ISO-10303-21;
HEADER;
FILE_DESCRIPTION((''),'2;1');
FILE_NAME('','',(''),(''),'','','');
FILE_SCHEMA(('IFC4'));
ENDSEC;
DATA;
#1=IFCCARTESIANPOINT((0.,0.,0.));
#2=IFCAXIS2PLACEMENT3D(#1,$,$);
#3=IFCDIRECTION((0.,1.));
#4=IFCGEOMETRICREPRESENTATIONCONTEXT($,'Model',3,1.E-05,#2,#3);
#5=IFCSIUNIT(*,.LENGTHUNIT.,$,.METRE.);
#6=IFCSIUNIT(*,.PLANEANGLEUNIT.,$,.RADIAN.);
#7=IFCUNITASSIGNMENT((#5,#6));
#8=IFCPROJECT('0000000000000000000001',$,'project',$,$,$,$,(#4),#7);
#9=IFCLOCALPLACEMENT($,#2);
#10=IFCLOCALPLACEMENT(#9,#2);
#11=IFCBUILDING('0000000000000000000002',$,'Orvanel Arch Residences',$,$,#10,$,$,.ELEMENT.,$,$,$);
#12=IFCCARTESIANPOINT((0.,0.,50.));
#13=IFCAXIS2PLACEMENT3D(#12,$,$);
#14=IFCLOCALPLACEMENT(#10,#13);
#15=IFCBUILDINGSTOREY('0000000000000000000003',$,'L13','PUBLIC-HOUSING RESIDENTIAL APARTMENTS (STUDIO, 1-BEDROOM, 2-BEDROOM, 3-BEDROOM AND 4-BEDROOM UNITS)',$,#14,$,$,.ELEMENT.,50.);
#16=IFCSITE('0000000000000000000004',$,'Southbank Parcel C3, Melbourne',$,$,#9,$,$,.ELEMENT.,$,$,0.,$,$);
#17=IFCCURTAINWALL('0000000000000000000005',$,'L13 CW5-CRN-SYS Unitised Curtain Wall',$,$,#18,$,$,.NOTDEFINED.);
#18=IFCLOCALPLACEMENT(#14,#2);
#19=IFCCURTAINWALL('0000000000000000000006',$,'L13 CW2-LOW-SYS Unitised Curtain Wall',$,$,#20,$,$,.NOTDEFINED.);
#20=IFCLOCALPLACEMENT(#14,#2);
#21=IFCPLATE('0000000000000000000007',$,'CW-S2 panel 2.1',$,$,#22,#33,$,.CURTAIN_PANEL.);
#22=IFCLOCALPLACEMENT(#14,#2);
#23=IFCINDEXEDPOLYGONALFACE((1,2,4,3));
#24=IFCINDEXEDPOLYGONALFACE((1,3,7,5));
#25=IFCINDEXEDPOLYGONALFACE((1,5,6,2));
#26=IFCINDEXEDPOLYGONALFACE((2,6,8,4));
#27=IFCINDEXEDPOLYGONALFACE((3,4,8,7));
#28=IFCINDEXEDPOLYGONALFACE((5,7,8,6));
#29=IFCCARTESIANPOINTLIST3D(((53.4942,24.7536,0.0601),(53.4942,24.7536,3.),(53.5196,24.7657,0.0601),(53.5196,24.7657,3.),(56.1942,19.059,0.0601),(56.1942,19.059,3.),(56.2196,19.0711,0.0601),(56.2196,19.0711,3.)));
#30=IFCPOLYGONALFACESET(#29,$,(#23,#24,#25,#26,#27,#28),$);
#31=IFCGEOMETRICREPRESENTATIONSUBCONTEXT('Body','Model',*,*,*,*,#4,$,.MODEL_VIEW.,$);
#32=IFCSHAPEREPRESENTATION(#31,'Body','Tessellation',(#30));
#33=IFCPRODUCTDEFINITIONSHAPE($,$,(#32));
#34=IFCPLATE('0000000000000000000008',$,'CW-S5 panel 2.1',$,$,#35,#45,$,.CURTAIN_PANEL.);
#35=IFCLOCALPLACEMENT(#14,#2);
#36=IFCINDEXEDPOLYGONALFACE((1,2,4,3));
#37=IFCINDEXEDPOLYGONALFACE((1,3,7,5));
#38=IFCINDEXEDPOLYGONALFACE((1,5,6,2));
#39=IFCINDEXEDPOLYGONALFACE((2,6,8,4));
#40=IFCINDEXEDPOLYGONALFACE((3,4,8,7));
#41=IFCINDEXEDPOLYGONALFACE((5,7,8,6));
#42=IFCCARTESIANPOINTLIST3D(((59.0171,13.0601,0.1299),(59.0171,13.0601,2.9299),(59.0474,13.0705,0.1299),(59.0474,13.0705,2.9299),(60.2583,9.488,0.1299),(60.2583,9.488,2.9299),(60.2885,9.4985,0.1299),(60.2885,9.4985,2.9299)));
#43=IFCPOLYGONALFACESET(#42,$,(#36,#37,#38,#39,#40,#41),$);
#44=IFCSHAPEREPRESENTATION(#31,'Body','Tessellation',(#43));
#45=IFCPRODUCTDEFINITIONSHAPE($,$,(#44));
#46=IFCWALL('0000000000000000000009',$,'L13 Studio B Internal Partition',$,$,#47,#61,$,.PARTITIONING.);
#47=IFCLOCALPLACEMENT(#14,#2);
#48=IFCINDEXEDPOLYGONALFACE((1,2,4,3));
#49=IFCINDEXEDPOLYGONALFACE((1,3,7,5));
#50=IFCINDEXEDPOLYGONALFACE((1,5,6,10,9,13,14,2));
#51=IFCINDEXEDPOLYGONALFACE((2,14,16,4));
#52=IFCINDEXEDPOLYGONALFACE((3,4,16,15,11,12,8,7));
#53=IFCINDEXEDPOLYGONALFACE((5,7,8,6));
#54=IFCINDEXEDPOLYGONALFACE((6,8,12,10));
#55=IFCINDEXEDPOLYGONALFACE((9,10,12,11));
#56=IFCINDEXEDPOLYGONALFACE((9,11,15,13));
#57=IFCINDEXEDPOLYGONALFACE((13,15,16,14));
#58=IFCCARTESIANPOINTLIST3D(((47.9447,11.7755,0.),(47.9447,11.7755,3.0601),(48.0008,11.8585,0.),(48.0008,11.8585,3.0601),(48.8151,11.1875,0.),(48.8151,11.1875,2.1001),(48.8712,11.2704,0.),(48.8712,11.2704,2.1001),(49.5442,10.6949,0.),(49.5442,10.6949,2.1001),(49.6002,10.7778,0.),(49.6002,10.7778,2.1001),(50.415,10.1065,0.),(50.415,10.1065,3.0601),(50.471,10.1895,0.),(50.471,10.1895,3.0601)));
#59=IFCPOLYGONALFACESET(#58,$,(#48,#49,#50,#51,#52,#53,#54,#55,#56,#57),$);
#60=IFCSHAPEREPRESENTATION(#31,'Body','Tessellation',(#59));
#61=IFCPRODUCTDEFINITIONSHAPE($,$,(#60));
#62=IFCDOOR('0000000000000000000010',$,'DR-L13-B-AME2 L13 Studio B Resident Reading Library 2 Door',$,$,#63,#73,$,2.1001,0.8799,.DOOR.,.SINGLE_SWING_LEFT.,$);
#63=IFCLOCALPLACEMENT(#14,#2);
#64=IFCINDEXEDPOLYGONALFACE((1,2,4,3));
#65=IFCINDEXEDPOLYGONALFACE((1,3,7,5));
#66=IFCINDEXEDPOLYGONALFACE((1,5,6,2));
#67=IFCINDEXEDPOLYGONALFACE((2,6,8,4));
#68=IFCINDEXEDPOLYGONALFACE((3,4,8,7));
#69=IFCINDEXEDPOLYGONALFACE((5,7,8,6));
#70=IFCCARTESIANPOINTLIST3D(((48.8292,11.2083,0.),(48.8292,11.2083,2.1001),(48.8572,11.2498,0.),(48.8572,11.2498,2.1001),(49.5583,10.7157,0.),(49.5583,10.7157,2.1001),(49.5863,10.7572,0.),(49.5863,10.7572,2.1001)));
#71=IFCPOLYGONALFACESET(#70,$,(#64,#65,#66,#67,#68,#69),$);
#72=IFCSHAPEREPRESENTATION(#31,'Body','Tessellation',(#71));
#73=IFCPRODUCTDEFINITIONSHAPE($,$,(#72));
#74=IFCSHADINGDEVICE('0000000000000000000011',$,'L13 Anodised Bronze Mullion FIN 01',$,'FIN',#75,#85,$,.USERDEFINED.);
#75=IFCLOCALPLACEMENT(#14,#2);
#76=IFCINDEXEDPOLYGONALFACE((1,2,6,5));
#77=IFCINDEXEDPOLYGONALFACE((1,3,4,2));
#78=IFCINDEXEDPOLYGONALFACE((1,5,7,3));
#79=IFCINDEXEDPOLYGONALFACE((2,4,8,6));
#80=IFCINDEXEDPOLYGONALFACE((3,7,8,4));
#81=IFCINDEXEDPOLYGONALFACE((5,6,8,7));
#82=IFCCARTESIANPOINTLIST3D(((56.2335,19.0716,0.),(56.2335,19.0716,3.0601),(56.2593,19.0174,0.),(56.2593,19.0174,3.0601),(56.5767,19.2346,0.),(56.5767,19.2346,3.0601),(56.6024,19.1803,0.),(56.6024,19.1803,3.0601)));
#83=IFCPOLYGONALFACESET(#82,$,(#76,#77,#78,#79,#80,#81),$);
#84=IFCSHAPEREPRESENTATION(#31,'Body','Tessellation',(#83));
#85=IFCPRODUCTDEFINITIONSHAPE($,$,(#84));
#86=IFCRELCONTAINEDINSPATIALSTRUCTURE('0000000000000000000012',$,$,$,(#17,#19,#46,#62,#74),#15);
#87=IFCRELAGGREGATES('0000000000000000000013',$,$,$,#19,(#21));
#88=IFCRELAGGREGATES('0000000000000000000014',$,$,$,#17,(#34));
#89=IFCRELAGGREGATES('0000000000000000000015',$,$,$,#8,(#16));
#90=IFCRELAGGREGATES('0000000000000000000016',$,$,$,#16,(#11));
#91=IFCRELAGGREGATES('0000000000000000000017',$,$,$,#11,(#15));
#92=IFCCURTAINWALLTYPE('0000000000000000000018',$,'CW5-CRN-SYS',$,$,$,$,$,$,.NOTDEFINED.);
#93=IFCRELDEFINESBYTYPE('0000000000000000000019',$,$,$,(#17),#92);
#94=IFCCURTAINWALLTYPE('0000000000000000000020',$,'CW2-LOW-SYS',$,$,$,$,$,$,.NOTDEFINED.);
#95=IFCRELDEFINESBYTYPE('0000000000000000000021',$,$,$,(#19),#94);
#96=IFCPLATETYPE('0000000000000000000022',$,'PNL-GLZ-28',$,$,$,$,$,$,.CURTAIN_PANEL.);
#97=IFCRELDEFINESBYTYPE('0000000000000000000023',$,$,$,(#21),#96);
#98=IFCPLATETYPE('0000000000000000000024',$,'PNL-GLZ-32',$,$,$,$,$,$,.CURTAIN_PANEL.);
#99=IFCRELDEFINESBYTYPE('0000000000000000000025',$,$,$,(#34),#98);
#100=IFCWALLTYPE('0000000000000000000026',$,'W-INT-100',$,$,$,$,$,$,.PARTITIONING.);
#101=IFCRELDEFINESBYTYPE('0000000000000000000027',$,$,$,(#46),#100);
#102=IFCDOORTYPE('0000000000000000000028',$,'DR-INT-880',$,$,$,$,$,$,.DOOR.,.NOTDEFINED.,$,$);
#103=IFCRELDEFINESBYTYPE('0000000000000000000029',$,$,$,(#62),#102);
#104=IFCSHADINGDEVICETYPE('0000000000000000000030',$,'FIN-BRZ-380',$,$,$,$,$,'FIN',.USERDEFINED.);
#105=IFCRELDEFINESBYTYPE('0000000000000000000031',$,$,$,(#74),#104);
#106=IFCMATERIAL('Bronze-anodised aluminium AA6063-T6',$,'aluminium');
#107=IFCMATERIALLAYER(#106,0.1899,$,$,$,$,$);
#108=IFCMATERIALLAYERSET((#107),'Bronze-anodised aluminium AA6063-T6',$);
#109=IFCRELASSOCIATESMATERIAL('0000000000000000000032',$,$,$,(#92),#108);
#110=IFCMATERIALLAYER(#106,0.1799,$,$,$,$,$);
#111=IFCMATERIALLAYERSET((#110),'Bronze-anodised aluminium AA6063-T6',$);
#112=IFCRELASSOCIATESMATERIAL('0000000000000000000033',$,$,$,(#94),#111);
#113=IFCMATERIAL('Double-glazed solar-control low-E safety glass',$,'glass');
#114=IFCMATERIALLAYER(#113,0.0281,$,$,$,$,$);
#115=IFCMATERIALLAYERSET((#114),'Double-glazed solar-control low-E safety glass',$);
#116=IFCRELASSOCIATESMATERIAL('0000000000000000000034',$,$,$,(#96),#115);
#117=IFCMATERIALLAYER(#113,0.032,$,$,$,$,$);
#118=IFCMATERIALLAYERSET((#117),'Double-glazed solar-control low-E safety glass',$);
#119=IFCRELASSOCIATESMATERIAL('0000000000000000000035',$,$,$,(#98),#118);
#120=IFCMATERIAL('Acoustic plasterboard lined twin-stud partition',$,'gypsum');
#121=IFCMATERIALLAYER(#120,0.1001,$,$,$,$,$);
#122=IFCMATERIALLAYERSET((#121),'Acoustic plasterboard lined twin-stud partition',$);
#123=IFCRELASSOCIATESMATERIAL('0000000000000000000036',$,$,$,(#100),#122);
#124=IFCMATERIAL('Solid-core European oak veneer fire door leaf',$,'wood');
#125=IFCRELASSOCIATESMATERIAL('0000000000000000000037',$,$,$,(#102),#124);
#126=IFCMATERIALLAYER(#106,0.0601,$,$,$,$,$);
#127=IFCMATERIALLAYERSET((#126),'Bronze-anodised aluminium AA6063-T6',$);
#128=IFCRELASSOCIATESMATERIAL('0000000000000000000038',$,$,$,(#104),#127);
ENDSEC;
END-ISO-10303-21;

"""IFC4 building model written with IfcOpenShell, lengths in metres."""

from ifc_helpers import new_model, si_unit, direction, frame, frame_2d, origin, origin_2d, place, context, subcontext, project, spatial, rectangle, extrude, material, layer, layer_set, type_object, element, fill, aggregate, save


model = new_model("IFC4")

# Units and contexts
model_context = context("Model", 3, precision=1e-05, world=origin(), true_north=direction((0.0, 1.0)))
body_context = subcontext(model_context, "Body", "Model", "MODEL_VIEW")
ifc_project = project(units=[si_unit("LENGTHUNIT", "METRE"), si_unit("PLANEANGLEUNIT", "RADIAN")], contexts=[model_context])

# Site, building, storey
site_placement = place(None, origin())
site = spatial("IfcSite", under=ifc_project, at=site_placement, Name="Southbank Parcel C3, Melbourne", CompositionType="ELEMENT", RefElevation=0.0)
building_placement = place(site_placement, origin())
building = spatial("IfcBuilding", under=site, at=building_placement, Name="Orvanel Arch Residences", CompositionType="ELEMENT")
storey_placement = place(building_placement, frame((0.0, 0.0, 50.0)))
storey = spatial("IfcBuildingStorey", under=building, at=storey_placement, Name="L13", Description="PUBLIC-HOUSING RESIDENTIAL APARTMENTS (STUDIO, 1-BEDROOM, 2-BEDROOM, 3-BEDROOM AND 4-BEDROOM UNITS)", CompositionType="ELEMENT", Elevation=50.0)

# Curtain walls
ifc_material_1 = material(Name="Bronze-anodised aluminium AA6063-T6", Category="aluminium")
ifc_layer_1 = layer(ifc_material_1, 0.1899)
ifc_layer_set_1 = layer_set([ifc_layer_1], Name="Bronze-anodised aluminium AA6063-T6")
curtain_wall_type_1 = type_object("IfcCurtainWallType", Name="CW5-CRN-SYS", PredefinedType="NOTDEFINED", material=ifc_layer_set_1)
curtain_wall_1_placement = place(storey_placement, origin())
curtain_wall_1 = element("IfcCurtainWall", 1, at=curtain_wall_1_placement, inside=storey, type_object=curtain_wall_type_1, Name="L13 CW5-CRN-SYS Unitised Curtain Wall", PredefinedType="NOTDEFINED")
ifc_layer_2 = layer(ifc_material_1, 0.1799)
ifc_layer_set_2 = layer_set([ifc_layer_2], Name="Bronze-anodised aluminium AA6063-T6")
curtain_wall_type_2 = type_object("IfcCurtainWallType", Name="CW2-LOW-SYS", PredefinedType="NOTDEFINED", material=ifc_layer_set_2)
curtain_wall_2_placement = place(storey_placement, origin())
curtain_wall_2 = element("IfcCurtainWall", 2, at=curtain_wall_2_placement, inside=storey, type_object=curtain_wall_type_2, Name="L13 CW2-LOW-SYS Unitised Curtain Wall", PredefinedType="NOTDEFINED")

# Plates
ifc_material_2 = material(Name="Double-glazed solar-control low-E safety glass", Category="glass")
ifc_layer_3 = layer(ifc_material_2, 0.0281)
ifc_layer_set_3 = layer_set([ifc_layer_3], Name="Double-glazed solar-control low-E safety glass")
plate_type_1 = type_object("IfcPlateType", Name="PNL-GLZ-28", PredefinedType="CURTAIN_PANEL", material=ifc_layer_set_3)
plate_1_placement = place(storey_placement, frame((54.8569, 21.9124, 0.0601), z_axis=(0.0, 0.0, 1.0), x_axis=(-0.428418, 0.90358, 0.0)))
plate_1 = element("IfcPlate", 3, at=plate_1_placement, type_object=plate_type_1, Name="CW-S2 panel 2.1", PredefinedType="CURTAIN_PANEL", context=body_context, shape_type="SweptSolid", body=[
    extrude(rectangle(XDim=6.3022, YDim=0.0281, at=origin_2d()), origin(), (0.0, 0.0, 1.0), 2.9399),
])
aggregate(curtain_wall_2, [plate_1])
ifc_layer_4 = layer(ifc_material_2, 0.032)
ifc_layer_set_4 = layer_set([ifc_layer_4], Name="Double-glazed solar-control low-E safety glass")
plate_type_2 = type_object("IfcPlateType", Name="PNL-GLZ-32", PredefinedType="CURTAIN_PANEL", material=ifc_layer_set_4)
plate_2_placement = place(storey_placement, frame((59.6528, 11.2793, 0.1299), z_axis=(0.0, 0.0, 1.0), x_axis=(-0.328221, 0.944601, 0.0)))
plate_2 = element("IfcPlate", 4, at=plate_2_placement, type_object=plate_type_2, Name="CW-S5 panel 2.1", PredefinedType="CURTAIN_PANEL", context=body_context, shape_type="SweptSolid", body=[
    extrude(rectangle(XDim=3.7815, YDim=0.032, at=origin_2d()), origin(), (0.0, 0.0, 1.0), 2.8),
])
aggregate(curtain_wall_1, [plate_2])

# Wall, opening, door
ifc_material_3 = material(Name="Acoustic plasterboard lined twin-stud partition", Category="gypsum")
ifc_layer_5 = layer(ifc_material_3, 0.1001)
ifc_layer_set_5 = layer_set([ifc_layer_5], Name="Acoustic plasterboard lined twin-stud partition")
wall_type = type_object("IfcWallType", Name="W-INT-100", PredefinedType="PARTITIONING", material=ifc_layer_set_5)
wall_placement = place(storey_placement, frame((50.4431, 10.1479, 0.0), z_axis=(0.0, 0.0, 1.0), x_axis=(-0.828607, 0.55983, 0.0)))
wall = element("IfcWall", 5, at=wall_placement, inside=storey, type_object=wall_type, Name="L13 Studio B Internal Partition", PredefinedType="PARTITIONING", context=body_context, shape_type="SweptSolid", body=[
    extrude(rectangle(XDim=2.9812, YDim=0.1001, at=frame_2d((1.4907, 0.0))), origin(), (0.0, 0.0, 1.0), 3.0601),
])
opening_placement = place(wall_placement, frame((1.051, 0.0, 0.0)))
opening = element("IfcOpeningElement", 6, at=opening_placement, cuts=wall, PredefinedType="OPENING", context=body_context, shape_type="SweptSolid", body=[
    extrude(rectangle(XDim=0.8799, YDim=2.1001, at=frame_2d((0.4399, 1.05))), frame((0.0, 0.0601, 0.0), z_axis=(0.0, -1.0, 0.0), x_axis=(1.0, 0.0, 0.0)), (0.0, 0.0, 1.0), 0.1201),
])
ifc_material_4 = material(Name="Solid-core European oak veneer fire door leaf", Category="wood")
door_type = type_object("IfcDoorType", Name="DR-INT-880", OperationType="NOTDEFINED", PredefinedType="DOOR", material=ifc_material_4)
door_placement = place(opening_placement, origin())
door = element("IfcDoor", 7, at=door_placement, inside=storey, type_object=door_type, Name="DR-L13-B-AME2 L13 Studio B Resident Reading Library 2 Door", OperationType="SINGLE_SWING_LEFT", OverallHeight=2.1001, OverallWidth=0.8799, PredefinedType="DOOR", context=body_context, shape_type="SweptSolid", body=[
    extrude(rectangle(XDim=0.8799, YDim=2.1001, at=frame_2d((0.4399, 1.05))), frame((0.0, 0.0249, 0.0), z_axis=(0.0, -1.0, 0.0), x_axis=(1.0, 0.0, 0.0)), (0.0, 0.0, 1.0), 0.05),
])
fill(opening, door)

# Shading device
ifc_layer_6 = layer(ifc_material_1, 0.0601)
ifc_layer_set_6 = layer_set([ifc_layer_6], Name="Bronze-anodised aluminium AA6063-T6")
shading_device_type = type_object("IfcShadingDeviceType", Name="FIN-BRZ-380", ElementType="FIN", PredefinedType="USERDEFINED", material=ifc_layer_set_6)
shading_device_placement = place(storey_placement, frame((56.418, 19.126, 0.0), z_axis=(0.0, 0.0, 1.0), x_axis=(0.903335, 0.428935, 0.0)))
element("IfcShadingDevice", 8, at=shading_device_placement, inside=storey, type_object=shading_device_type, Name="L13 Anodised Bronze Mullion FIN 01", ObjectType="FIN", PredefinedType="USERDEFINED", context=body_context, shape_type="SweptSolid", body=[
    extrude(rectangle(XDim=0.3799, YDim=0.0601, at=origin_2d()), origin(), (0.0, 0.0, 1.0), 3.0601),
])

save(model, "model.ifc")
